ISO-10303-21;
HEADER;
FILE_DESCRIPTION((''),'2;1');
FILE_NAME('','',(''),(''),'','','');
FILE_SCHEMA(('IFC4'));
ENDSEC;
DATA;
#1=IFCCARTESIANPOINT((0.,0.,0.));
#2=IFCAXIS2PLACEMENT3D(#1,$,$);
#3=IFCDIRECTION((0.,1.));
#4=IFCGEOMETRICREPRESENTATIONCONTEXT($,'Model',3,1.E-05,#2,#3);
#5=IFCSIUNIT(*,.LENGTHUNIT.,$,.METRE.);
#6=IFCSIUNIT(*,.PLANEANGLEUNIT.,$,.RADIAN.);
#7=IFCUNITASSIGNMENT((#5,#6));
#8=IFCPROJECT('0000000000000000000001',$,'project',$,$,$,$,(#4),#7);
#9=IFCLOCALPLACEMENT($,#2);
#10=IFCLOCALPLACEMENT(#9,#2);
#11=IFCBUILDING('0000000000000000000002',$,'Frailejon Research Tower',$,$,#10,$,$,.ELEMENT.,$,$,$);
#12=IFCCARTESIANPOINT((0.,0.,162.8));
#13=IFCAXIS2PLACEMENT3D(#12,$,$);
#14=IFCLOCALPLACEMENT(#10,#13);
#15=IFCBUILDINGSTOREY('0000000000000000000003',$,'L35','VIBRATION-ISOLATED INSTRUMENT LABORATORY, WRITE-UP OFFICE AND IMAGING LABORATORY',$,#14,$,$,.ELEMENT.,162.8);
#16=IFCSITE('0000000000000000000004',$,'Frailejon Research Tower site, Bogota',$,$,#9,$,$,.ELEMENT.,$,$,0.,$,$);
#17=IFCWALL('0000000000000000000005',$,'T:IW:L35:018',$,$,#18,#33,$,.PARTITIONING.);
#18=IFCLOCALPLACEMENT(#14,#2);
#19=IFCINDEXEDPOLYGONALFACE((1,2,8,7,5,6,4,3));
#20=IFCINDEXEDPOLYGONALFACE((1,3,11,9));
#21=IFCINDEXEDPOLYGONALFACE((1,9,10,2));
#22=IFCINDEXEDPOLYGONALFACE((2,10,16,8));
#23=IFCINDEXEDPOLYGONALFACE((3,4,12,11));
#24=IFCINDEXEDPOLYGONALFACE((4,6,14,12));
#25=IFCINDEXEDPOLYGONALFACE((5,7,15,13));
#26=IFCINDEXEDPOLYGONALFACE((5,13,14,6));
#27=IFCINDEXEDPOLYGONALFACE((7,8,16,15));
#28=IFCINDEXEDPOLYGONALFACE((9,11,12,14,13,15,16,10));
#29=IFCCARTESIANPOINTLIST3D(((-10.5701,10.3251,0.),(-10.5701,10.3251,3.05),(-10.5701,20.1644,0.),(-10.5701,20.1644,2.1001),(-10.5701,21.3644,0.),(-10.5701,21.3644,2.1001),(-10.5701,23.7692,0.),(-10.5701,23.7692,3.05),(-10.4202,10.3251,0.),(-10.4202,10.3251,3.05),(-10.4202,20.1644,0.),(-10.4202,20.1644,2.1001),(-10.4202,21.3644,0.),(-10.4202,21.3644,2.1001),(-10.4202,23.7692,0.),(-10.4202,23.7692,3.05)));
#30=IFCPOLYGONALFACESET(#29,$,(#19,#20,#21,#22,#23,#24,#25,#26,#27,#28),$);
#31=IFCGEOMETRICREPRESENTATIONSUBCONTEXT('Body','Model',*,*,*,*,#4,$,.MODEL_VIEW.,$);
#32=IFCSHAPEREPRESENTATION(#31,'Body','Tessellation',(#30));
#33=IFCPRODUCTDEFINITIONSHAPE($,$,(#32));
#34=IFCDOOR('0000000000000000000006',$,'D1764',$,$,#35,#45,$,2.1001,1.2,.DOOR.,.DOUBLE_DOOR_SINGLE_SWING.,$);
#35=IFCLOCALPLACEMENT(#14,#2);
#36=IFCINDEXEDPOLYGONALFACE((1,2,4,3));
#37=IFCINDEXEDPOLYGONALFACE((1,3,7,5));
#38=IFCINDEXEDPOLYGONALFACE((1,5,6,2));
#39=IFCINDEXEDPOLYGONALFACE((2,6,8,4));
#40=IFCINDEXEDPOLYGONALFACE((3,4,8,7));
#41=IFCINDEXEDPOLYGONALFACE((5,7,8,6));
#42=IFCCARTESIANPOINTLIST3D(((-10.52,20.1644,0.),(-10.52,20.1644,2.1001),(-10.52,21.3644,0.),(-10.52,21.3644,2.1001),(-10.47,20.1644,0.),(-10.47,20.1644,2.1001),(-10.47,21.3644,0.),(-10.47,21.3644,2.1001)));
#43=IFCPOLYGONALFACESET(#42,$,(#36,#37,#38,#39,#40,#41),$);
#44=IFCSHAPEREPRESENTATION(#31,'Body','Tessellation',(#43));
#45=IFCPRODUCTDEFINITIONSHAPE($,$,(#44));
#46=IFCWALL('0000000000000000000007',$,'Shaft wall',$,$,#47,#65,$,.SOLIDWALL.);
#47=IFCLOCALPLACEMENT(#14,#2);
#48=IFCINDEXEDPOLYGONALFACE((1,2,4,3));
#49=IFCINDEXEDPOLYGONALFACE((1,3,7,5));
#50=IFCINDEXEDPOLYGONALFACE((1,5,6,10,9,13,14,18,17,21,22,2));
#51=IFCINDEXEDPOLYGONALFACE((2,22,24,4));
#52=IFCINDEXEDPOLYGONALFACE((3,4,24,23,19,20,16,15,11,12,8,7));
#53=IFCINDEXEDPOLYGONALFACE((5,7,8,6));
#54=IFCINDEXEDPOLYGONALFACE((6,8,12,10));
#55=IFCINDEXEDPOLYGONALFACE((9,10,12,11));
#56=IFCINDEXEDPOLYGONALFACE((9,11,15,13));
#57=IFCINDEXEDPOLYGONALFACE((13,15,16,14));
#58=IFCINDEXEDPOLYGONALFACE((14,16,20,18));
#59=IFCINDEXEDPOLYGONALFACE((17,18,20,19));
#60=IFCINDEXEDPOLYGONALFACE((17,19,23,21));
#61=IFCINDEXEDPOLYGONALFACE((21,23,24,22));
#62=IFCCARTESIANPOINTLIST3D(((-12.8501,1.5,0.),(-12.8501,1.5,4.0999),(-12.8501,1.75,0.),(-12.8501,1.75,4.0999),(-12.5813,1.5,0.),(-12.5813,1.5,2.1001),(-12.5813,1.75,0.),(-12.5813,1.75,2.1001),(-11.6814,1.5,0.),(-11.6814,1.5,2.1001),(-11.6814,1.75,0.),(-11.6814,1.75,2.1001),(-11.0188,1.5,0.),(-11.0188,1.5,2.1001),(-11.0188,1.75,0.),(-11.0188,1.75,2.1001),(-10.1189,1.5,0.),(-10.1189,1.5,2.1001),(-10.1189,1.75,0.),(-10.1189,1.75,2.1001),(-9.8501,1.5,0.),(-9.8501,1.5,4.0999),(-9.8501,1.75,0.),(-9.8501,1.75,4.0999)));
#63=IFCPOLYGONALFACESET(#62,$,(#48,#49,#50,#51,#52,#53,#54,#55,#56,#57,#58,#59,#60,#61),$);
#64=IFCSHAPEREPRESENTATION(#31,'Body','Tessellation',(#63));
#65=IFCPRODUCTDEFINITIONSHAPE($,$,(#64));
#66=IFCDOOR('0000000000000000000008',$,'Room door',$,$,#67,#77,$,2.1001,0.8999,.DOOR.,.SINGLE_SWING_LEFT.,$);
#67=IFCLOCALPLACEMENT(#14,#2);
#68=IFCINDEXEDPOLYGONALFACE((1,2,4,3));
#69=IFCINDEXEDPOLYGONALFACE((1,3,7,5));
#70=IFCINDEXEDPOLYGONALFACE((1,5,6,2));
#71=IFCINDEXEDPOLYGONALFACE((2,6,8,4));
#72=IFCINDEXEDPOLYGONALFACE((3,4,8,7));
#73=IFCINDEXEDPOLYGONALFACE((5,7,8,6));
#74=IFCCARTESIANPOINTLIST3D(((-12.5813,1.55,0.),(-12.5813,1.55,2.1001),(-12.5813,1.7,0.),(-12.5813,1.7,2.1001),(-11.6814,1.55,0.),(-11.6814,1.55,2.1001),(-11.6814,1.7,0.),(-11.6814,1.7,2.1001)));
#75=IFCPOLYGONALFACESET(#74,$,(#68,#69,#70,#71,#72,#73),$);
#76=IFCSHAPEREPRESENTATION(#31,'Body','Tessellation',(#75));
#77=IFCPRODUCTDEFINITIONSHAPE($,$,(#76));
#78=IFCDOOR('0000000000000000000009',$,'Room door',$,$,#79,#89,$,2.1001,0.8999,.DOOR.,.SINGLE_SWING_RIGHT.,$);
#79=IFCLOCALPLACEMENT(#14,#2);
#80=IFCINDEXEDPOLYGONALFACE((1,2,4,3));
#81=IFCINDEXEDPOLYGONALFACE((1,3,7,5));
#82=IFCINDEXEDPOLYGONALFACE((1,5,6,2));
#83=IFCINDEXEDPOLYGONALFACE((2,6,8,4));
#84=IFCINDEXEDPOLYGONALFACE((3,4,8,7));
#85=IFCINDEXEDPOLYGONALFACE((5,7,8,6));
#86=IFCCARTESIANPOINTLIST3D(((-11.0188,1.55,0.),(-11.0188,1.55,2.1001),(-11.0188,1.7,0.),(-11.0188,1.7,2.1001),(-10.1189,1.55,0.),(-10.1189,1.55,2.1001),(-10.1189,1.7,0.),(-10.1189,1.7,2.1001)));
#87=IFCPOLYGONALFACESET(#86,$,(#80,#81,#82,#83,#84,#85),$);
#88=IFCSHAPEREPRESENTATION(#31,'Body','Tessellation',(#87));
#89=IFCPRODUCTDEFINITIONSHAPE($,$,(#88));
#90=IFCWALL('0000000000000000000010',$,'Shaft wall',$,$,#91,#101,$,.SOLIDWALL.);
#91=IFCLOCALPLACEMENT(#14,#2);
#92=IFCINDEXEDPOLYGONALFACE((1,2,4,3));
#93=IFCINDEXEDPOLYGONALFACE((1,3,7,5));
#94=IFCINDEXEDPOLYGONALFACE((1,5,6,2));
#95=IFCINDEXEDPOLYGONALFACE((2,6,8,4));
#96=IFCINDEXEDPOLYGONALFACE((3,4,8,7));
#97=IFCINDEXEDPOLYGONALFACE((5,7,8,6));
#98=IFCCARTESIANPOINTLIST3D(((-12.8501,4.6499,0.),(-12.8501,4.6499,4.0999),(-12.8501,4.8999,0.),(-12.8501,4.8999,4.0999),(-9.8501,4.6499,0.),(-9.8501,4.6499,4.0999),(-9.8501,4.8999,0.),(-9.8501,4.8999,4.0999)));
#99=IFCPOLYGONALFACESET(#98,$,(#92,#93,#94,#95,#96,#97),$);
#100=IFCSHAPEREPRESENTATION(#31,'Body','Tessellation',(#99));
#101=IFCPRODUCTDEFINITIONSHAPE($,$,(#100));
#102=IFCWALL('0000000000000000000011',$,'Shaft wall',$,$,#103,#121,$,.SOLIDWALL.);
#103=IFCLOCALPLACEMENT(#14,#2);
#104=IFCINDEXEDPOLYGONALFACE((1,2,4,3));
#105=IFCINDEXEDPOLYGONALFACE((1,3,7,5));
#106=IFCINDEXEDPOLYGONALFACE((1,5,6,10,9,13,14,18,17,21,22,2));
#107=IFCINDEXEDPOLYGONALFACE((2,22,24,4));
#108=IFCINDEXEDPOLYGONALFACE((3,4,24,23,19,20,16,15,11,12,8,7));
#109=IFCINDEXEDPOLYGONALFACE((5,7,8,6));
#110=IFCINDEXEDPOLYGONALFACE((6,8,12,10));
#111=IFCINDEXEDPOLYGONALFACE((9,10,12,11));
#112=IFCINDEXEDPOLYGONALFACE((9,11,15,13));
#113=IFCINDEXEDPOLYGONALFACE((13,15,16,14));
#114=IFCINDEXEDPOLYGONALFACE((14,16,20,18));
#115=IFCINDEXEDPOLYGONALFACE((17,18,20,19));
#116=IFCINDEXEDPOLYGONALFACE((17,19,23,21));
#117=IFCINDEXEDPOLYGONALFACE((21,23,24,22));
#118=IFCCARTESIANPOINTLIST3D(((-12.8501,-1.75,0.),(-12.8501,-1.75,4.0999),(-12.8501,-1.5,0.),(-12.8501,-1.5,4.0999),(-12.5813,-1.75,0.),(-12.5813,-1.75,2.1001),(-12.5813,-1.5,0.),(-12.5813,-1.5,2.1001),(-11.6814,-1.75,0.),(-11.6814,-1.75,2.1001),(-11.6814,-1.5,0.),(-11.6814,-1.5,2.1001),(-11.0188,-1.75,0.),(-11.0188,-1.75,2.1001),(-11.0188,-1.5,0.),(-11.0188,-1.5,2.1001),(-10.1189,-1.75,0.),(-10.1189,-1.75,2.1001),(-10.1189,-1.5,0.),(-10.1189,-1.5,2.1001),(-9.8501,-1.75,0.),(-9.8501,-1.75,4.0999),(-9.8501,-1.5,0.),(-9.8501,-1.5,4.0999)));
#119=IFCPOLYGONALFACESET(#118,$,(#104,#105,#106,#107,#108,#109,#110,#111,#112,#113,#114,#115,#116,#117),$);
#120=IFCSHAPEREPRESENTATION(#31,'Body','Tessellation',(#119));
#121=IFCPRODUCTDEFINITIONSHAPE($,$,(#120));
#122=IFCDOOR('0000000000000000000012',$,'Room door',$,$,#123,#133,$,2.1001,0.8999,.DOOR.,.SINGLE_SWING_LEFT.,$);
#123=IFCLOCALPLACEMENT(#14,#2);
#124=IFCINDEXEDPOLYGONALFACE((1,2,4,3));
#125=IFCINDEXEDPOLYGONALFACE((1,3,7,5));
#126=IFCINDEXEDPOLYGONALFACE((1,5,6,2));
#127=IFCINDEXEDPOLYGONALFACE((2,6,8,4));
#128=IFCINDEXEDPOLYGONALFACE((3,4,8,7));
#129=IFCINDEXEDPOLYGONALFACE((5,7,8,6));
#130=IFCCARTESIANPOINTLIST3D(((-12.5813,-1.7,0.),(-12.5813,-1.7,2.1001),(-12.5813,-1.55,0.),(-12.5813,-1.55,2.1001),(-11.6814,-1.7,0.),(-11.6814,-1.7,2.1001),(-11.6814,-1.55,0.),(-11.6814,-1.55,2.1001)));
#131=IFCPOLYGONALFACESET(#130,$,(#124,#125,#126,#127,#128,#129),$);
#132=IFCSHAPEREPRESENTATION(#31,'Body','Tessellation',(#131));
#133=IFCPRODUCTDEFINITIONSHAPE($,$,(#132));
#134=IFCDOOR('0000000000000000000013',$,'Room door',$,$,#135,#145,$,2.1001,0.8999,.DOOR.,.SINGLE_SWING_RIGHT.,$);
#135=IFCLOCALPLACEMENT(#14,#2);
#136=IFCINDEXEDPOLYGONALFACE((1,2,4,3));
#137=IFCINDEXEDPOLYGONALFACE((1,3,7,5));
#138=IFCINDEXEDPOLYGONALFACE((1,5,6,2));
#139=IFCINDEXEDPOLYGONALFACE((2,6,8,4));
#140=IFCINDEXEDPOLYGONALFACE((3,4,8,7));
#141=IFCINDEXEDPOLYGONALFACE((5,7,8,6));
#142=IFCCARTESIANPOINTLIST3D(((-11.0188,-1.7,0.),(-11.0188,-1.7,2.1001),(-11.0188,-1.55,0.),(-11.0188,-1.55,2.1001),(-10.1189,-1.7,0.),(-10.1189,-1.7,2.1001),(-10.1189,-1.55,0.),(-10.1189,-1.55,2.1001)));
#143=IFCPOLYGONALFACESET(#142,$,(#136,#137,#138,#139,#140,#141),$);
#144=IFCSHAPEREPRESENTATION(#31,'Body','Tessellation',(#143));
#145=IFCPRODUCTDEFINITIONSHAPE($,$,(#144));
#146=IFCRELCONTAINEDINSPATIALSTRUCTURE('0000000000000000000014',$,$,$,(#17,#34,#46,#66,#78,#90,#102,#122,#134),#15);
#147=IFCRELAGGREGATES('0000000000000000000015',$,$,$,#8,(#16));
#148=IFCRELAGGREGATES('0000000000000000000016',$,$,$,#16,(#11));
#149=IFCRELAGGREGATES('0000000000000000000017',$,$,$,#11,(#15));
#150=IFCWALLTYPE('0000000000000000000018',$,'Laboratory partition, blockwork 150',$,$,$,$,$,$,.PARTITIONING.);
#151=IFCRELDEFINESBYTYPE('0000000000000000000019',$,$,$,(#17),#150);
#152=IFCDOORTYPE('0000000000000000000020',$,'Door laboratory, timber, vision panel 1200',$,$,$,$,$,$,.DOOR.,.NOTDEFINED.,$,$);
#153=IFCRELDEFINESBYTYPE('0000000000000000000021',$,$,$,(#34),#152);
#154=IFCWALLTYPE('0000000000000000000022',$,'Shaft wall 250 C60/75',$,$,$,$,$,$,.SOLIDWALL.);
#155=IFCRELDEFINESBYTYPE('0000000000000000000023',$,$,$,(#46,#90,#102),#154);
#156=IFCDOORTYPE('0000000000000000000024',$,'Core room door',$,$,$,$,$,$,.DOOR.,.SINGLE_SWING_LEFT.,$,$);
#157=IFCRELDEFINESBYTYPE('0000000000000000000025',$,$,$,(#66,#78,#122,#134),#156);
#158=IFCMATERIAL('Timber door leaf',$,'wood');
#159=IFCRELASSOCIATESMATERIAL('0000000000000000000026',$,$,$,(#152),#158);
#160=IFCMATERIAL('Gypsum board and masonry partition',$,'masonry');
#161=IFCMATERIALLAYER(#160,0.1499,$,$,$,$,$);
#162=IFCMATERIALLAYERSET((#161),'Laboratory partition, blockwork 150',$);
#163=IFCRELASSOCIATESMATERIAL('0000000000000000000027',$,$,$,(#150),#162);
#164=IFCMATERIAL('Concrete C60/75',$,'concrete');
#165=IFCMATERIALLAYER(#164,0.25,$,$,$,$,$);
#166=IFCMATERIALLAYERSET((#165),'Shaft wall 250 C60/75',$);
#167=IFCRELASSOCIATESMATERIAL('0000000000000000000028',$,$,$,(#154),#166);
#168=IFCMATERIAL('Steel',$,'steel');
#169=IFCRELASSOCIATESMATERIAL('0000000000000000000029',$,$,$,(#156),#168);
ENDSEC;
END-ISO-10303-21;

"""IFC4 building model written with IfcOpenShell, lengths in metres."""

from ifc_helpers import new_model, si_unit, direction, frame, frame_2d, origin, place, context, subcontext, project, spatial, rectangle, extrude, material, layer, layer_set, type_object, element, fill, save


model = new_model("IFC4")

# Units and contexts
model_context = context("Model", 3, precision=1e-05, world=origin(), true_north=direction((0.0, 1.0)))
body_context = subcontext(model_context, "Body", "Model", "MODEL_VIEW")
ifc_project = project(units=[si_unit("LENGTHUNIT", "METRE"), si_unit("PLANEANGLEUNIT", "RADIAN")], contexts=[model_context])

# Site, building, storey
site_placement = place(None, origin())
site = spatial("IfcSite", under=ifc_project, at=site_placement, Name="Frailejon Research Tower site, Bogota", CompositionType="ELEMENT", RefElevation=0.0)
building_placement = place(site_placement, origin())
building = spatial("IfcBuilding", under=site, at=building_placement, Name="Frailejon Research Tower", CompositionType="ELEMENT")
storey_placement = place(building_placement, frame((0.0, 0.0, 162.8)))
storey = spatial("IfcBuildingStorey", under=building, at=storey_placement, Name="L35", Description="VIBRATION-ISOLATED INSTRUMENT LABORATORY, WRITE-UP OFFICE AND IMAGING LABORATORY", CompositionType="ELEMENT", Elevation=162.8)

# Wall, opening, door
ifc_material_1 = material(Name="Timber door leaf", Category="wood")
door_type_1 = type_object("IfcDoorType", Name="Door laboratory, timber, vision panel 1200", OperationType="NOTDEFINED", PredefinedType="DOOR", material=ifc_material_1)
ifc_material_2 = material(Name="Gypsum board and masonry partition", Category="masonry")
ifc_layer_1 = layer(ifc_material_2, 0.1499)
ifc_layer_set_1 = layer_set([ifc_layer_1], Name="Laboratory partition, blockwork 150")
wall_type_1 = type_object("IfcWallType", Name="Laboratory partition, blockwork 150", PredefinedType="PARTITIONING", material=ifc_layer_set_1)
wall_1_placement = place(storey_placement, frame((-10.4951, 10.325, 0.0), z_axis=(0.0, 0.0, 1.0), x_axis=(0.0, 1.0, 0.0)))
wall_1 = element("IfcWall", 1, at=wall_1_placement, inside=storey, type_object=wall_type_1, Name="T:IW:L35:018", PredefinedType="PARTITIONING", context=body_context, shape_type="SweptSolid", body=[
    extrude(rectangle(XDim=13.4441, YDim=0.1499, at=frame_2d((6.7222, 0.0))), origin(), (0.0, 0.0, 1.0), 3.05),
])
opening_1_placement = place(wall_1_placement, frame((9.8394, 0.0, 0.0)))
opening_1 = element("IfcOpeningElement", 2, at=opening_1_placement, cuts=wall_1, PredefinedType="OPENING", context=body_context, shape_type="SweptSolid", body=[
    extrude(rectangle(XDim=1.2, YDim=2.1001, at=frame_2d((0.6001, 1.05))), frame((0.0, 0.085, 0.0), z_axis=(0.0, -1.0, 0.0), x_axis=(1.0, 0.0, 0.0)), (0.0, 0.0, 1.0), 0.1699),
])
door_1_placement = place(opening_1_placement, origin())
door_1 = element("IfcDoor", 3, at=door_1_placement, inside=storey, type_object=door_type_1, Name="D1764", OperationType="DOUBLE_DOOR_SINGLE_SWING", OverallHeight=2.1001, OverallWidth=1.2, PredefinedType="DOOR", context=body_context, shape_type="SweptSolid", body=[
    extrude(rectangle(XDim=1.2, YDim=2.1001, at=frame_2d((0.6001, 1.05))), frame((0.0, 0.0249, 0.0), z_axis=(0.0, -1.0, 0.0), x_axis=(1.0, 0.0, 0.0)), (0.0, 0.0, 1.0), 0.05),
])
fill(opening_1, door_1)

# Wall, openings, doors
ifc_material_3 = material(Name="Concrete C60/75", Category="concrete")
ifc_layer_2 = layer(ifc_material_3, 0.25)
ifc_layer_set_2 = layer_set([ifc_layer_2], Name="Shaft wall 250 C60/75")
wall_type_2 = type_object("IfcWallType", Name="Shaft wall 250 C60/75", PredefinedType="SOLIDWALL", material=ifc_layer_set_2)
wall_2_placement = place(storey_placement, frame((-12.8501, 1.625, 0.0), z_axis=(0.0, 0.0, 1.0), x_axis=(1.0, 0.0, 0.0)))
wall_2 = element("IfcWall", 4, at=wall_2_placement, inside=storey, type_object=wall_type_2, Name="Shaft wall", PredefinedType="SOLIDWALL", context=body_context, shape_type="SweptSolid", body=[
    extrude(rectangle(XDim=3.0, YDim=0.25, at=frame_2d((1.5, 0.0))), origin(), (0.0, 0.0, 1.0), 4.0999),
])
opening_2_placement = place(wall_2_placement, frame((0.2688, 0.0, 0.0)))
opening_2 = element("IfcOpeningElement", 5, at=opening_2_placement, cuts=wall_2, PredefinedType="OPENING", context=body_context, shape_type="SweptSolid", body=[
    extrude(rectangle(XDim=0.8999, YDim=2.1001, at=frame_2d((0.45, 1.05))), frame((0.0, 0.135, 0.0), z_axis=(0.0, -1.0, 0.0), x_axis=(1.0, 0.0, 0.0)), (0.0, 0.0, 1.0), 0.27),
])
opening_3_placement = place(wall_2_placement, frame((1.8313, 0.0, 0.0)))
opening_3 = element("IfcOpeningElement", 6, at=opening_3_placement, cuts=wall_2, PredefinedType="OPENING", context=body_context, shape_type="SweptSolid", body=[
    extrude(rectangle(XDim=0.8999, YDim=2.1001, at=frame_2d((0.45, 1.05))), frame((0.0, 0.135, 0.0), z_axis=(0.0, -1.0, 0.0), x_axis=(1.0, 0.0, 0.0)), (0.0, 0.0, 1.0), 0.27),
])
ifc_material_4 = material(Name="Steel", Category="steel")
door_type_2 = type_object("IfcDoorType", Name="Core room door", OperationType="SINGLE_SWING_LEFT", PredefinedType="DOOR", material=ifc_material_4)
door_2_placement = place(opening_2_placement, origin())
door_2 = element("IfcDoor", 7, at=door_2_placement, inside=storey, type_object=door_type_2, Name="Room door", OperationType="SINGLE_SWING_LEFT", OverallHeight=2.1001, OverallWidth=0.8999, PredefinedType="DOOR", context=body_context, shape_type="SweptSolid", body=[
    extrude(rectangle(XDim=0.8999, YDim=2.1001, at=frame_2d((0.45, 1.05))), frame((0.0, 0.075, 0.0), z_axis=(0.0, -1.0, 0.0), x_axis=(1.0, 0.0, 0.0)), (0.0, 0.0, 1.0), 0.1499),
])
fill(opening_2, door_2)
door_3_placement = place(opening_3_placement, origin())
door_3 = element("IfcDoor", 8, at=door_3_placement, inside=storey, type_object=door_type_2, Name="Room door", OperationType="SINGLE_SWING_RIGHT", OverallHeight=2.1001, OverallWidth=0.8999, PredefinedType="DOOR", context=body_context, shape_type="SweptSolid", body=[
    extrude(rectangle(XDim=0.8999, YDim=2.1001, at=frame_2d((0.45, 1.05))), frame((0.0, 0.075, 0.0), z_axis=(0.0, -1.0, 0.0), x_axis=(1.0, 0.0, 0.0)), (0.0, 0.0, 1.0), 0.1499),
])
fill(opening_3, door_3)

# Wall
wall_3_placement = place(storey_placement, frame((-12.8501, 4.7749, 0.0), z_axis=(0.0, 0.0, 1.0), x_axis=(1.0, 0.0, 0.0)))
element("IfcWall", 9, at=wall_3_placement, inside=storey, type_object=wall_type_2, Name="Shaft wall", PredefinedType="SOLIDWALL", context=body_context, shape_type="SweptSolid", body=[
    extrude(rectangle(XDim=3.0, YDim=0.25, at=frame_2d((1.5, 0.0))), origin(), (0.0, 0.0, 1.0), 4.0999),
])

# Wall, openings, doors
wall_4_placement = place(storey_placement, frame((-12.8501, -1.625, 0.0), z_axis=(0.0, 0.0, 1.0), x_axis=(1.0, 0.0, 0.0)))
wall_4 = element("IfcWall", 10, at=wall_4_placement, inside=storey, type_object=wall_type_2, Name="Shaft wall", PredefinedType="SOLIDWALL", context=body_context, shape_type="SweptSolid", body=[
    extrude(rectangle(XDim=3.0, YDim=0.25, at=frame_2d((1.5, 0.0))), origin(), (0.0, 0.0, 1.0), 4.0999),
])
opening_4_placement = place(wall_4_placement, frame((0.2688, 0.0, 0.0)))
opening_4 = element("IfcOpeningElement", 11, at=opening_4_placement, cuts=wall_4, PredefinedType="OPENING", context=body_context, shape_type="SweptSolid", body=[
    extrude(rectangle(XDim=0.8999, YDim=2.1001, at=frame_2d((0.45, 1.05))), frame((0.0, 0.135, 0.0), z_axis=(0.0, -1.0, 0.0), x_axis=(1.0, 0.0, 0.0)), (0.0, 0.0, 1.0), 0.27),
])
opening_5_placement = place(wall_4_placement, frame((1.8313, 0.0, 0.0)))
opening_5 = element("IfcOpeningElement", 12, at=opening_5_placement, cuts=wall_4, PredefinedType="OPENING", context=body_context, shape_type="SweptSolid", body=[
    extrude(rectangle(XDim=0.8999, YDim=2.1001, at=frame_2d((0.45, 1.05))), frame((0.0, 0.135, 0.0), z_axis=(0.0, -1.0, 0.0), x_axis=(1.0, 0.0, 0.0)), (0.0, 0.0, 1.0), 0.27),
])
door_4_placement = place(opening_4_placement, origin())
door_4 = element("IfcDoor", 13, at=door_4_placement, inside=storey, type_object=door_type_2, Name="Room door", OperationType="SINGLE_SWING_LEFT", OverallHeight=2.1001, OverallWidth=0.8999, PredefinedType="DOOR", context=body_context, shape_type="SweptSolid", body=[
    extrude(rectangle(XDim=0.8999, YDim=2.1001, at=frame_2d((0.45, 1.05))), frame((0.0, 0.075, 0.0), z_axis=(0.0, -1.0, 0.0), x_axis=(1.0, 0.0, 0.0)), (0.0, 0.0, 1.0), 0.1499),
])
fill(opening_4, door_4)
door_5_placement = place(opening_5_placement, origin())
door_5 = element("IfcDoor", 14, at=door_5_placement, inside=storey, type_object=door_type_2, Name="Room door", OperationType="SINGLE_SWING_RIGHT", OverallHeight=2.1001, OverallWidth=0.8999, PredefinedType="DOOR", context=body_context, shape_type="SweptSolid", body=[
    extrude(rectangle(XDim=0.8999, YDim=2.1001, at=frame_2d((0.45, 1.05))), frame((0.0, 0.075, 0.0), z_axis=(0.0, -1.0, 0.0), x_axis=(1.0, 0.0, 0.0)), (0.0, 0.0, 1.0), 0.1499),
])
fill(opening_5, door_5)

save(model, "model.ifc")
